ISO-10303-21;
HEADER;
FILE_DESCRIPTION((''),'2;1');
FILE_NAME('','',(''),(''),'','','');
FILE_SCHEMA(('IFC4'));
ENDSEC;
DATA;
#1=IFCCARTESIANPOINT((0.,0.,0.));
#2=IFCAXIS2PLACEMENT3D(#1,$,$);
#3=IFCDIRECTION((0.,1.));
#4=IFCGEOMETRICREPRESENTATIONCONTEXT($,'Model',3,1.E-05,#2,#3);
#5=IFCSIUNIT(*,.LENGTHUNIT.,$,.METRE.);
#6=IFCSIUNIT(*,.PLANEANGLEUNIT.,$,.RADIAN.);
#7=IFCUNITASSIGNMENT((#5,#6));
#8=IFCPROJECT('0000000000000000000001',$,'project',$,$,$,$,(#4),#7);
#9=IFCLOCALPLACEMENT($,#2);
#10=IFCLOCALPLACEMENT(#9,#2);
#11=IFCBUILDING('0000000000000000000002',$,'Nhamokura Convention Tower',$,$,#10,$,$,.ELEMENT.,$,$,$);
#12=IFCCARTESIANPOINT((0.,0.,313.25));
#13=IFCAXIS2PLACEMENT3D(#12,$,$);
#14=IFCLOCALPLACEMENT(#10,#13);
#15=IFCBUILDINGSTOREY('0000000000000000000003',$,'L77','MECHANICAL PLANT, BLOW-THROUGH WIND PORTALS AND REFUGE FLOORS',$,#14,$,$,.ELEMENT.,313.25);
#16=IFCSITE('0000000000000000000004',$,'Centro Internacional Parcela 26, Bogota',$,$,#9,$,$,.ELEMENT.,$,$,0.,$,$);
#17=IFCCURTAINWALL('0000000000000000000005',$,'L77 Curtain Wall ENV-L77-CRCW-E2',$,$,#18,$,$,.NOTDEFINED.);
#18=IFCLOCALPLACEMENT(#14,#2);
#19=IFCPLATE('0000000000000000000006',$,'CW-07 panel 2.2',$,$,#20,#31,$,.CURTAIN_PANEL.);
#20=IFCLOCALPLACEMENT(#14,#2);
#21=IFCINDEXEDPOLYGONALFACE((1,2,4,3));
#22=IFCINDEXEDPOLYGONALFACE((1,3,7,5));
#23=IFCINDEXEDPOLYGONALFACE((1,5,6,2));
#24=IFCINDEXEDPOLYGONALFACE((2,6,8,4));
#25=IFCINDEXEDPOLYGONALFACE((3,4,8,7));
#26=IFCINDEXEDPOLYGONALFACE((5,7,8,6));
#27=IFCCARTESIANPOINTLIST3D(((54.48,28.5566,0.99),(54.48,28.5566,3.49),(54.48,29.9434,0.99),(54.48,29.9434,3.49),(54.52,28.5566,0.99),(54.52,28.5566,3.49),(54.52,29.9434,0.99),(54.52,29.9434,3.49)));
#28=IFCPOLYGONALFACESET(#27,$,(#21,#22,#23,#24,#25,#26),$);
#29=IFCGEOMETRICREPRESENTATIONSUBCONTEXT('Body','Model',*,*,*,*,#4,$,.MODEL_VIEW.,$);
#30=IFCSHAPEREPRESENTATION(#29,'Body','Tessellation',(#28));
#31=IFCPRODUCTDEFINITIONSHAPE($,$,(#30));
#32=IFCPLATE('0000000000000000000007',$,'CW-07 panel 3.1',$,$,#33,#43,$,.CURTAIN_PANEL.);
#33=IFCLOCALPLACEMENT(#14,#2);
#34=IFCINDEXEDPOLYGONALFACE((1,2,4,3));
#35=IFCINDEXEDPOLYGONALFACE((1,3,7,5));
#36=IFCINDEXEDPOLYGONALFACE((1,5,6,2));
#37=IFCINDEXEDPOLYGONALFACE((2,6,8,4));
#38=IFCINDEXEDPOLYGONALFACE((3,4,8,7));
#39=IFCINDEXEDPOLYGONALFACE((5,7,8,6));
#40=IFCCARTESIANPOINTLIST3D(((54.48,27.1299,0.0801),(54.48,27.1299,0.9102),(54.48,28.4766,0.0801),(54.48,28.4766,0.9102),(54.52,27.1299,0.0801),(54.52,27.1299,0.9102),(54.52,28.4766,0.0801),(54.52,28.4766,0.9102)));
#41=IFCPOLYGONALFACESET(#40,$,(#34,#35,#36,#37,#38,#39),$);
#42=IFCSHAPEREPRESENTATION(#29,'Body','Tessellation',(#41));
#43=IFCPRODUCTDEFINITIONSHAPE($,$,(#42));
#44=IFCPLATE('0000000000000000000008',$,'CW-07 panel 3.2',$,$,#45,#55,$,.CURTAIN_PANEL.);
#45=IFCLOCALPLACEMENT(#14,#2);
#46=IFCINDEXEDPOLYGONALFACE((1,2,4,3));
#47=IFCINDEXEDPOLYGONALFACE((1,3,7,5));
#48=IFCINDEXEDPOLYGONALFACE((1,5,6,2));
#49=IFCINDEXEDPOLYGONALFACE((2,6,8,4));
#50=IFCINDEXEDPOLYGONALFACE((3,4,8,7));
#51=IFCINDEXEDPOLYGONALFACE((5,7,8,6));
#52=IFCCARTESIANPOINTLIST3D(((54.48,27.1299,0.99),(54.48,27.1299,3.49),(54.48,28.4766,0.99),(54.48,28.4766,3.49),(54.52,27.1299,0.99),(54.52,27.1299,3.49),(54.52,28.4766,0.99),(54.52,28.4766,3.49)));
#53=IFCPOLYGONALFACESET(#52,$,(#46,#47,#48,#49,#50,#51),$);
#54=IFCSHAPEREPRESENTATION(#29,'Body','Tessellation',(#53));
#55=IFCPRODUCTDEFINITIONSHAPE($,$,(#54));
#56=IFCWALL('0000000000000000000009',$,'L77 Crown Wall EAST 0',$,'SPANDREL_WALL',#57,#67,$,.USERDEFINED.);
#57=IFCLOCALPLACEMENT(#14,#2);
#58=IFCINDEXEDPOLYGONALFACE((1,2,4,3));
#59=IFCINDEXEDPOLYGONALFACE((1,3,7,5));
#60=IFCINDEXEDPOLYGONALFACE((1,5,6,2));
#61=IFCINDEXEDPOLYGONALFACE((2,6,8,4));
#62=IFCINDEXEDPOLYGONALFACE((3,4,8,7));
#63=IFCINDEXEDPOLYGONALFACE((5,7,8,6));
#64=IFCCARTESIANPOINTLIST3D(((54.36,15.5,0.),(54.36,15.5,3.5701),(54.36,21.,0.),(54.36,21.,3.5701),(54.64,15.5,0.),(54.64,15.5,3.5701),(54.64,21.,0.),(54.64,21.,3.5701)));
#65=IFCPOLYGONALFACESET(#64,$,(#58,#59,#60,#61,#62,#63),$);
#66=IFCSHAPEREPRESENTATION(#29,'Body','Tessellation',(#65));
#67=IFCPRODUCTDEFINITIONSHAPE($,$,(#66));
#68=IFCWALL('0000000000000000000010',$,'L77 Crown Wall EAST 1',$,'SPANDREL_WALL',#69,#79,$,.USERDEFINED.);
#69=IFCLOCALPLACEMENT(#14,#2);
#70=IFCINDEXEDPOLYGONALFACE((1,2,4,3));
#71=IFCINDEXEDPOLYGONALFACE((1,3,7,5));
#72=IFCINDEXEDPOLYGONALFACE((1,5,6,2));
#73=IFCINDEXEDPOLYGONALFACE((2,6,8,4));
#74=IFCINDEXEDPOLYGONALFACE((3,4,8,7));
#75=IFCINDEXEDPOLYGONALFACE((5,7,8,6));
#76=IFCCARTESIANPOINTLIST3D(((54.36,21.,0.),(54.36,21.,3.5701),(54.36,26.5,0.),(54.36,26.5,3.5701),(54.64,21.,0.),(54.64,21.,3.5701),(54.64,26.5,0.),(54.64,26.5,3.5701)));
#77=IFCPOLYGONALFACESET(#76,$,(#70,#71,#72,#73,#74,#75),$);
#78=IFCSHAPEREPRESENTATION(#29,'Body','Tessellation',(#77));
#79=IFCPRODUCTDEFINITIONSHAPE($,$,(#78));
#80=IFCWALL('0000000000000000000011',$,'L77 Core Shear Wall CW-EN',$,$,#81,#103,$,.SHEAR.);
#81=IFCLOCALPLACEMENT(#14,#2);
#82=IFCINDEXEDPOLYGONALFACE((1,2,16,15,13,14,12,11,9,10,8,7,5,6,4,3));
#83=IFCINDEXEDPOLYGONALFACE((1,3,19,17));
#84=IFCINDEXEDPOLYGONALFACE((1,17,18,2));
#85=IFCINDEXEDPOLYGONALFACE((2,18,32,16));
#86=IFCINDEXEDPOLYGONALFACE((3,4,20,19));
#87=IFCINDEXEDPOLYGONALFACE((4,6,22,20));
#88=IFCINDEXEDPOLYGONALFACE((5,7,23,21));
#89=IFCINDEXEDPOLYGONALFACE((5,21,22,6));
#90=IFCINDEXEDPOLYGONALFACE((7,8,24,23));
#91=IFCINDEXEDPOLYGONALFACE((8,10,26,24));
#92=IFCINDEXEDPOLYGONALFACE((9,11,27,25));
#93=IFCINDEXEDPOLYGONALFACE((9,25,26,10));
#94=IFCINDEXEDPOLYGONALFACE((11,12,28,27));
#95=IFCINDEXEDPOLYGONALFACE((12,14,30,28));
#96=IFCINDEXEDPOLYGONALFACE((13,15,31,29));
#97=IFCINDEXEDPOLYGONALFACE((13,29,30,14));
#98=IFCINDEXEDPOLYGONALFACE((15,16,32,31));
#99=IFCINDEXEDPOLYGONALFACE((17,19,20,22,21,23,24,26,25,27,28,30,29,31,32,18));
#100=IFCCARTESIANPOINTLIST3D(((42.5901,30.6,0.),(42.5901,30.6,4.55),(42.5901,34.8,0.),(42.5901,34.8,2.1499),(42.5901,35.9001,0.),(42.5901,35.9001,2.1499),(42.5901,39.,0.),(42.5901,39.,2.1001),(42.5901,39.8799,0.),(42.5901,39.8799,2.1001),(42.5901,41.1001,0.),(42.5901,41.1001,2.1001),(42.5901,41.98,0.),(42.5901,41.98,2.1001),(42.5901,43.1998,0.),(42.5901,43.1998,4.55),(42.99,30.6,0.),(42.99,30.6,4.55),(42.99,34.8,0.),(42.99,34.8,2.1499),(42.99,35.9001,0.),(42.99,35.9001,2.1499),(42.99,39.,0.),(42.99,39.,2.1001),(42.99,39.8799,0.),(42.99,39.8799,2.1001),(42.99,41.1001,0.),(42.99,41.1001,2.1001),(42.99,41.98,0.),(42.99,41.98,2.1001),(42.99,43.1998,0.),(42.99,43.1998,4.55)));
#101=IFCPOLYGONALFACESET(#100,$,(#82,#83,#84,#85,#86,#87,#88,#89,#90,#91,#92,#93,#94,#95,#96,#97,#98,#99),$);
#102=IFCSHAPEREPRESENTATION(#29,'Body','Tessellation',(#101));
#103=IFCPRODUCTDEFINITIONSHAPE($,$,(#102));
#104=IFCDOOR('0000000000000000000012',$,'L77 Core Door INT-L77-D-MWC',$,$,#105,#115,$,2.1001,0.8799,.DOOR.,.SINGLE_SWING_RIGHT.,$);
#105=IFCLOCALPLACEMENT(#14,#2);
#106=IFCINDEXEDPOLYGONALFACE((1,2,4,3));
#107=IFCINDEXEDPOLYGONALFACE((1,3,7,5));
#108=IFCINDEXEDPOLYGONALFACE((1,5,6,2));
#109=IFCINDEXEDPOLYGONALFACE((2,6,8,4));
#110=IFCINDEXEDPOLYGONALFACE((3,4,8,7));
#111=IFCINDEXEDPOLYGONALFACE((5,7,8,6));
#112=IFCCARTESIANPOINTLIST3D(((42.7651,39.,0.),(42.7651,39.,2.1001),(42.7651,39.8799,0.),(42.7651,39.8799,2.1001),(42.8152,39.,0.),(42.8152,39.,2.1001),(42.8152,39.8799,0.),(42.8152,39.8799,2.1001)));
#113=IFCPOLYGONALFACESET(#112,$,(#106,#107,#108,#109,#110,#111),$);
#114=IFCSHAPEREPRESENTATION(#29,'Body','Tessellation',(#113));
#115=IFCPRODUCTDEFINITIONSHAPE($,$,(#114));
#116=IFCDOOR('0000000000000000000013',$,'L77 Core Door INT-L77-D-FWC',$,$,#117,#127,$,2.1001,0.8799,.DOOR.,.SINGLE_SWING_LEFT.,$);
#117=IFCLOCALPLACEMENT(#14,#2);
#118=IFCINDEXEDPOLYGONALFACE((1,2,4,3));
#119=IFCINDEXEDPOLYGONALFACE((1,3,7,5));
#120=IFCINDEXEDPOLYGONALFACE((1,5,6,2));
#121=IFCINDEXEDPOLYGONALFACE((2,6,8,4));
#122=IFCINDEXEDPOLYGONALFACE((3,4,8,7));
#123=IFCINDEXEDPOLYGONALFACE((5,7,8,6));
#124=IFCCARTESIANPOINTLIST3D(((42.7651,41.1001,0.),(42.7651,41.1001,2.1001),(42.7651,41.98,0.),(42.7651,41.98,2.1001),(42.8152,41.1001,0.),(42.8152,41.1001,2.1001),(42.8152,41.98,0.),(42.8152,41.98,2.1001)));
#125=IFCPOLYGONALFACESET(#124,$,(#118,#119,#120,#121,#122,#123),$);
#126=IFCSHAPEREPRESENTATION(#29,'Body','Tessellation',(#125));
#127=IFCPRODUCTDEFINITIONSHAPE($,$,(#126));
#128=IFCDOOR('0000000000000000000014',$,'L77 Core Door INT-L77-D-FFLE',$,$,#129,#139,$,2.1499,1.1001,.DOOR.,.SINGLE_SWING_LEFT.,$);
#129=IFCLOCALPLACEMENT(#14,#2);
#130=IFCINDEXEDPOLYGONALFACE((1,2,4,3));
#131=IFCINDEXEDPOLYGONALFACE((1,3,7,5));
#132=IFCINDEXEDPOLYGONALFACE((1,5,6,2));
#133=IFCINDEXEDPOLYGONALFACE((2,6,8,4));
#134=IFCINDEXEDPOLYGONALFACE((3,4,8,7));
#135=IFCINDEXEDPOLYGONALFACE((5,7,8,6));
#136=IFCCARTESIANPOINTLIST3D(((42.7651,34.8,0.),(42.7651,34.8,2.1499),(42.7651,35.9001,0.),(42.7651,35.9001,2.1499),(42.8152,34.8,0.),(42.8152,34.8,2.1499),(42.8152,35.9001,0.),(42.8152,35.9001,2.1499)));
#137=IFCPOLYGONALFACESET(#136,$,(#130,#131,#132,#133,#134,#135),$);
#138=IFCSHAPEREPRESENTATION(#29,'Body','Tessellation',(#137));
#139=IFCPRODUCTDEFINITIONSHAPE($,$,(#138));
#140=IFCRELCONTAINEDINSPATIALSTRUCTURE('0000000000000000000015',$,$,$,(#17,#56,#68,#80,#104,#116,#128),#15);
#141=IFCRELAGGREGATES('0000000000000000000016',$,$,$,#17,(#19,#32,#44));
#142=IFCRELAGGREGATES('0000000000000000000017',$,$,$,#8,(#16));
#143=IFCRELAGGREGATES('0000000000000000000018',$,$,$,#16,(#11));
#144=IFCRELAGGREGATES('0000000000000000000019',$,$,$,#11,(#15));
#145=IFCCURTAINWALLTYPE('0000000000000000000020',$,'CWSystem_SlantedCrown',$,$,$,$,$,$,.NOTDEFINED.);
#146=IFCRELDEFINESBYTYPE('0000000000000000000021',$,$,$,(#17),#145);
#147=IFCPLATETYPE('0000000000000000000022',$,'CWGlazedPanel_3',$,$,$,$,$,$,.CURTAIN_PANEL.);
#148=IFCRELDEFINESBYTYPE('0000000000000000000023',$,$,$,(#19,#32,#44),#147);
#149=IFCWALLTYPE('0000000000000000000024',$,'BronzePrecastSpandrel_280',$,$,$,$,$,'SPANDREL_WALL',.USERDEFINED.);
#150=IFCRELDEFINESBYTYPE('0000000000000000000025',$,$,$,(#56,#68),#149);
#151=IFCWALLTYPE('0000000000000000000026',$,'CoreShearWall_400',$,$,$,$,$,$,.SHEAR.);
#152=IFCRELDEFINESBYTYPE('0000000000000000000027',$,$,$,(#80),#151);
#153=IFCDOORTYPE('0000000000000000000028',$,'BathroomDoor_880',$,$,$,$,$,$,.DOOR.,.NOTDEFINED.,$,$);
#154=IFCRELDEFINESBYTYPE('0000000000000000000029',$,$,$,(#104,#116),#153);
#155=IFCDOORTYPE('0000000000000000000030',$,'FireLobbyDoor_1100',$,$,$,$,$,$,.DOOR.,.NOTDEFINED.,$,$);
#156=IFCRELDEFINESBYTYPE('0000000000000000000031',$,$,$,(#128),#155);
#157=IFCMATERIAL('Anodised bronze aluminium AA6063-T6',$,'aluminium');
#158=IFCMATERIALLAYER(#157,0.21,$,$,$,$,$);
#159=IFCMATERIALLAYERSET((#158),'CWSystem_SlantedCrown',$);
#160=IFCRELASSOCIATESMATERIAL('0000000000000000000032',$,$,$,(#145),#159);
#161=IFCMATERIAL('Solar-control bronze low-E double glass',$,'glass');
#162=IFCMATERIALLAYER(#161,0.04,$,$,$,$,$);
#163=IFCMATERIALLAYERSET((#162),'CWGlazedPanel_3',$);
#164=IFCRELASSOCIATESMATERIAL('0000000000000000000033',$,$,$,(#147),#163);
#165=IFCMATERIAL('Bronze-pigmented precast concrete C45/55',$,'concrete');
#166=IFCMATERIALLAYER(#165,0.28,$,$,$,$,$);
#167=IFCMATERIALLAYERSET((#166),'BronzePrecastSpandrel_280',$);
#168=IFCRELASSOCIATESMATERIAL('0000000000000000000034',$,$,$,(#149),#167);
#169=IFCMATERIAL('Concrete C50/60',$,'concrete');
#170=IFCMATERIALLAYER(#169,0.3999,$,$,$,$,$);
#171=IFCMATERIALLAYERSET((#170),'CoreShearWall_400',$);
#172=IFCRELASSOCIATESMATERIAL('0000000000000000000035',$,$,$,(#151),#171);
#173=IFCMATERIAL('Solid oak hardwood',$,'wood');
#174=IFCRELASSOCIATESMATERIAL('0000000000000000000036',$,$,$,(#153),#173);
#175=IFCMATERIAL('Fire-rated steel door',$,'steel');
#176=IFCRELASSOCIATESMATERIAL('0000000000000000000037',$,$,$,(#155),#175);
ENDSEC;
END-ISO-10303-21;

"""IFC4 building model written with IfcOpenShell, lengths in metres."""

from ifc_helpers import new_model, si_unit, direction, frame, frame_2d, origin, origin_2d, place, context, subcontext, project, spatial, rectangle, extrude, material, layer, layer_set, type_object, element, fill, aggregate, save


model = new_model("IFC4")

# Units and contexts
model_context = context("Model", 3, precision=1e-05, world=origin(), true_north=direction((0.0, 1.0)))
body_context = subcontext(model_context, "Body", "Model", "MODEL_VIEW")
ifc_project = project(units=[si_unit("LENGTHUNIT", "METRE"), si_unit("PLANEANGLEUNIT", "RADIAN")], contexts=[model_context])

# Site, building, storey
site_placement = place(None, origin())
site = spatial("IfcSite", under=ifc_project, at=site_placement, Name="Centro Internacional Parcela 26, Bogota", CompositionType="ELEMENT", RefElevation=0.0)
building_placement = place(site_placement, origin())
building = spatial("IfcBuilding", under=site, at=building_placement, Name="Nhamokura Convention Tower", CompositionType="ELEMENT")
storey_placement = place(building_placement, frame((0.0, 0.0, 313.25)))
storey = spatial("IfcBuildingStorey", under=building, at=storey_placement, Name="L77", Description="MECHANICAL PLANT, BLOW-THROUGH WIND PORTALS AND REFUGE FLOORS", CompositionType="ELEMENT", Elevation=313.25)

# Curtain wall
ifc_material_1 = material(Name="Anodised bronze aluminium AA6063-T6", Category="aluminium")
ifc_layer_1 = layer(ifc_material_1, 0.21)
ifc_layer_set_1 = layer_set([ifc_layer_1], Name="CWSystem_SlantedCrown")
curtain_wall_type = type_object("IfcCurtainWallType", Name="CWSystem_SlantedCrown", PredefinedType="NOTDEFINED", material=ifc_layer_set_1)
curtain_wall_placement = place(storey_placement, origin())
curtain_wall = element("IfcCurtainWall", 1, at=curtain_wall_placement, inside=storey, type_object=curtain_wall_type, Name="L77 Curtain Wall ENV-L77-CRCW-E2", PredefinedType="NOTDEFINED")

# Plates
ifc_material_2 = material(Name="Solar-control bronze low-E double glass", Category="glass")
ifc_layer_2 = layer(ifc_material_2, 0.04)
ifc_layer_set_2 = layer_set([ifc_layer_2], Name="CWGlazedPanel_3")
plate_type = type_object("IfcPlateType", Name="CWGlazedPanel_3", PredefinedType="CURTAIN_PANEL", material=ifc_layer_set_2)
plate_1_placement = place(storey_placement, frame((54.5, 29.25, 0.99), z_axis=(0.0, 0.0, 1.0), x_axis=(0.0, -1.0, 0.0)))
plate_1 = element("IfcPlate", 2, at=plate_1_placement, type_object=plate_type, Name="CW-07 panel 2.2", PredefinedType="CURTAIN_PANEL", context=body_context, shape_type="SweptSolid", body=[
    extrude(rectangle(XDim=1.3867, YDim=0.04, at=origin_2d()), origin(), (0.0, 0.0, 1.0), 2.5),
])
plate_2_placement = place(storey_placement, frame((54.5, 27.8032, 0.0801), z_axis=(0.0, 0.0, 1.0), x_axis=(0.0, -1.0, 0.0)))
plate_2 = element("IfcPlate", 3, at=plate_2_placement, type_object=plate_type, Name="CW-07 panel 3.1", PredefinedType="CURTAIN_PANEL", context=body_context, shape_type="SweptSolid", body=[
    extrude(rectangle(XDim=1.3467, YDim=0.04, at=origin_2d()), origin(), (0.0, 0.0, 1.0), 0.8301),
])
plate_3_placement = place(storey_placement, frame((54.5, 27.8032, 0.99), z_axis=(0.0, 0.0, 1.0), x_axis=(0.0, -1.0, 0.0)))
plate_3 = element("IfcPlate", 4, at=plate_3_placement, type_object=plate_type, Name="CW-07 panel 3.2", PredefinedType="CURTAIN_PANEL", context=body_context, shape_type="SweptSolid", body=[
    extrude(rectangle(XDim=1.3467, YDim=0.04, at=origin_2d()), origin(), (0.0, 0.0, 1.0), 2.5),
])
aggregate(curtain_wall, [plate_1, plate_2, plate_3])

# Walls
ifc_material_3 = material(Name="Bronze-pigmented precast concrete C45/55", Category="concrete")
ifc_layer_3 = layer(ifc_material_3, 0.28)
ifc_layer_set_3 = layer_set([ifc_layer_3], Name="BronzePrecastSpandrel_280")
wall_type_1 = type_object("IfcWallType", Name="BronzePrecastSpandrel_280", ElementType="SPANDREL_WALL", PredefinedType="USERDEFINED", material=ifc_layer_set_3)
for number, where, z_axis, x_axis, name in (
    (5, (54.5, 21.0, 0.0), (0.0, 0.0, 1.0), (0.0, -1.0, 0.0), "L77 Crown Wall EAST 0"),
    (6, (54.5, 26.5, 0.0), (0.0, 0.0, 1.0), (0.0, -1.0, 0.0), "L77 Crown Wall EAST 1"),
):
    element("IfcWall", number, at=place(storey_placement, frame(where, z_axis=z_axis, x_axis=x_axis)), inside=storey, type_object=wall_type_1, Name=name, ObjectType="SPANDREL_WALL", PredefinedType="USERDEFINED", context=body_context, shape_type="SweptSolid", body=[
        extrude(rectangle(XDim=5.5, YDim=0.28, at=frame_2d((2.75, 0.0))), origin(), (0.0, 0.0, 1.0), 3.5701),
    ])

# Wall, openings, doors
ifc_material_4 = material(Name="Concrete C50/60", Category="concrete")
ifc_layer_4 = layer(ifc_material_4, 0.3999)
ifc_layer_set_4 = layer_set([ifc_layer_4], Name="CoreShearWall_400")
wall_type_2 = type_object("IfcWallType", Name="CoreShearWall_400", PredefinedType="SHEAR", material=ifc_layer_set_4)
wall_placement = place(storey_placement, frame((42.79, 30.6001, 0.0), z_axis=(0.0, 0.0, 1.0), x_axis=(0.0, 1.0, 0.0)))
wall = element("IfcWall", 7, at=wall_placement, inside=storey, type_object=wall_type_2, Name="L77 Core Shear Wall CW-EN", PredefinedType="SHEAR", context=body_context, shape_type="SweptSolid", body=[
    extrude(rectangle(XDim=12.5999, YDim=0.3999, at=frame_2d((6.2998, 0.0))), origin(), (0.0, 0.0, 1.0), 4.55),
])
opening_1_placement = place(wall_placement, frame((4.2, 0.0, 0.0)))
opening_1 = element("IfcOpeningElement", 8, at=opening_1_placement, cuts=wall, PredefinedType="OPENING", context=body_context, shape_type="SweptSolid", body=[
    extrude(rectangle(XDim=1.1001, YDim=2.1499, at=frame_2d((0.55, 1.075))), frame((0.0, 0.21, 0.0), z_axis=(0.0, -1.0, 0.0), x_axis=(1.0, 0.0, 0.0)), (0.0, 0.0, 1.0), 0.4199),
])
opening_2_placement = place(wall_placement, frame((8.3999, 0.0, 0.0)))
opening_2 = element("IfcOpeningElement", 9, at=opening_2_placement, cuts=wall, PredefinedType="OPENING", context=body_context, shape_type="SweptSolid", body=[
    extrude(rectangle(XDim=0.8799, YDim=2.1001, at=frame_2d((0.4399, 1.05))), frame((0.0, 0.21, 0.0), z_axis=(0.0, -1.0, 0.0), x_axis=(1.0, 0.0, 0.0)), (0.0, 0.0, 1.0), 0.4199),
])
opening_3_placement = place(wall_placement, frame((10.5, 0.0, 0.0)))
opening_3 = element("IfcOpeningElement", 10, at=opening_3_placement, cuts=wall, PredefinedType="OPENING", context=body_context, shape_type="SweptSolid", body=[
    extrude(rectangle(XDim=0.8799, YDim=2.1001, at=frame_2d((0.4399, 1.05))), frame((0.0, 0.21, 0.0), z_axis=(0.0, -1.0, 0.0), x_axis=(1.0, 0.0, 0.0)), (0.0, 0.0, 1.0), 0.4199),
])
ifc_material_5 = material(Name="Solid oak hardwood", Category="wood")
door_type_1 = type_object("IfcDoorType", Name="BathroomDoor_880", OperationType="NOTDEFINED", PredefinedType="DOOR", material=ifc_material_5)
door_1_placement = place(opening_2_placement, origin())
door_1 = element("IfcDoor", 11, at=door_1_placement, inside=storey, type_object=door_type_1, Name="L77 Core Door INT-L77-D-MWC", OperationType="SINGLE_SWING_RIGHT", OverallHeight=2.1001, OverallWidth=0.8799, PredefinedType="DOOR", context=body_context, shape_type="SweptSolid", body=[
    extrude(rectangle(XDim=0.8799, YDim=2.1001, at=frame_2d((0.4399, 1.05))), frame((0.0, 0.0249, 0.0), z_axis=(0.0, -1.0, 0.0), x_axis=(1.0, 0.0, 0.0)), (0.0, 0.0, 1.0), 0.05),
])
fill(opening_2, door_1)
door_2_placement = place(opening_3_placement, origin())
door_2 = element("IfcDoor", 12, at=door_2_placement, inside=storey, type_object=door_type_1, Name="L77 Core Door INT-L77-D-FWC", OperationType="SINGLE_SWING_LEFT", OverallHeight=2.1001, OverallWidth=0.8799, PredefinedType="DOOR", context=body_context, shape_type="SweptSolid", body=[
    extrude(rectangle(XDim=0.8799, YDim=2.1001, at=frame_2d((0.4399, 1.05))), frame((0.0, 0.0249, 0.0), z_axis=(0.0, -1.0, 0.0), x_axis=(1.0, 0.0, 0.0)), (0.0, 0.0, 1.0), 0.05),
])
fill(opening_3, door_2)
ifc_material_6 = material(Name="Fire-rated steel door", Category="steel")
door_type_2 = type_object("IfcDoorType", Name="FireLobbyDoor_1100", OperationType="NOTDEFINED", PredefinedType="DOOR", material=ifc_material_6)
door_3_placement = place(opening_1_placement, origin())
door_3 = element("IfcDoor", 13, at=door_3_placement, inside=storey, type_object=door_type_2, Name="L77 Core Door INT-L77-D-FFLE", OperationType="SINGLE_SWING_LEFT", OverallHeight=2.1499, OverallWidth=1.1001, PredefinedType="DOOR", context=body_context, shape_type="SweptSolid", body=[
    extrude(rectangle(XDim=1.1001, YDim=2.1499, at=frame_2d((0.55, 1.075))), frame((0.0, 0.0249, 0.0), z_axis=(0.0, -1.0, 0.0), x_axis=(1.0, 0.0, 0.0)), (0.0, 0.0, 1.0), 0.05),
])
fill(opening_1, door_3)

save(model, "model.ifc")
